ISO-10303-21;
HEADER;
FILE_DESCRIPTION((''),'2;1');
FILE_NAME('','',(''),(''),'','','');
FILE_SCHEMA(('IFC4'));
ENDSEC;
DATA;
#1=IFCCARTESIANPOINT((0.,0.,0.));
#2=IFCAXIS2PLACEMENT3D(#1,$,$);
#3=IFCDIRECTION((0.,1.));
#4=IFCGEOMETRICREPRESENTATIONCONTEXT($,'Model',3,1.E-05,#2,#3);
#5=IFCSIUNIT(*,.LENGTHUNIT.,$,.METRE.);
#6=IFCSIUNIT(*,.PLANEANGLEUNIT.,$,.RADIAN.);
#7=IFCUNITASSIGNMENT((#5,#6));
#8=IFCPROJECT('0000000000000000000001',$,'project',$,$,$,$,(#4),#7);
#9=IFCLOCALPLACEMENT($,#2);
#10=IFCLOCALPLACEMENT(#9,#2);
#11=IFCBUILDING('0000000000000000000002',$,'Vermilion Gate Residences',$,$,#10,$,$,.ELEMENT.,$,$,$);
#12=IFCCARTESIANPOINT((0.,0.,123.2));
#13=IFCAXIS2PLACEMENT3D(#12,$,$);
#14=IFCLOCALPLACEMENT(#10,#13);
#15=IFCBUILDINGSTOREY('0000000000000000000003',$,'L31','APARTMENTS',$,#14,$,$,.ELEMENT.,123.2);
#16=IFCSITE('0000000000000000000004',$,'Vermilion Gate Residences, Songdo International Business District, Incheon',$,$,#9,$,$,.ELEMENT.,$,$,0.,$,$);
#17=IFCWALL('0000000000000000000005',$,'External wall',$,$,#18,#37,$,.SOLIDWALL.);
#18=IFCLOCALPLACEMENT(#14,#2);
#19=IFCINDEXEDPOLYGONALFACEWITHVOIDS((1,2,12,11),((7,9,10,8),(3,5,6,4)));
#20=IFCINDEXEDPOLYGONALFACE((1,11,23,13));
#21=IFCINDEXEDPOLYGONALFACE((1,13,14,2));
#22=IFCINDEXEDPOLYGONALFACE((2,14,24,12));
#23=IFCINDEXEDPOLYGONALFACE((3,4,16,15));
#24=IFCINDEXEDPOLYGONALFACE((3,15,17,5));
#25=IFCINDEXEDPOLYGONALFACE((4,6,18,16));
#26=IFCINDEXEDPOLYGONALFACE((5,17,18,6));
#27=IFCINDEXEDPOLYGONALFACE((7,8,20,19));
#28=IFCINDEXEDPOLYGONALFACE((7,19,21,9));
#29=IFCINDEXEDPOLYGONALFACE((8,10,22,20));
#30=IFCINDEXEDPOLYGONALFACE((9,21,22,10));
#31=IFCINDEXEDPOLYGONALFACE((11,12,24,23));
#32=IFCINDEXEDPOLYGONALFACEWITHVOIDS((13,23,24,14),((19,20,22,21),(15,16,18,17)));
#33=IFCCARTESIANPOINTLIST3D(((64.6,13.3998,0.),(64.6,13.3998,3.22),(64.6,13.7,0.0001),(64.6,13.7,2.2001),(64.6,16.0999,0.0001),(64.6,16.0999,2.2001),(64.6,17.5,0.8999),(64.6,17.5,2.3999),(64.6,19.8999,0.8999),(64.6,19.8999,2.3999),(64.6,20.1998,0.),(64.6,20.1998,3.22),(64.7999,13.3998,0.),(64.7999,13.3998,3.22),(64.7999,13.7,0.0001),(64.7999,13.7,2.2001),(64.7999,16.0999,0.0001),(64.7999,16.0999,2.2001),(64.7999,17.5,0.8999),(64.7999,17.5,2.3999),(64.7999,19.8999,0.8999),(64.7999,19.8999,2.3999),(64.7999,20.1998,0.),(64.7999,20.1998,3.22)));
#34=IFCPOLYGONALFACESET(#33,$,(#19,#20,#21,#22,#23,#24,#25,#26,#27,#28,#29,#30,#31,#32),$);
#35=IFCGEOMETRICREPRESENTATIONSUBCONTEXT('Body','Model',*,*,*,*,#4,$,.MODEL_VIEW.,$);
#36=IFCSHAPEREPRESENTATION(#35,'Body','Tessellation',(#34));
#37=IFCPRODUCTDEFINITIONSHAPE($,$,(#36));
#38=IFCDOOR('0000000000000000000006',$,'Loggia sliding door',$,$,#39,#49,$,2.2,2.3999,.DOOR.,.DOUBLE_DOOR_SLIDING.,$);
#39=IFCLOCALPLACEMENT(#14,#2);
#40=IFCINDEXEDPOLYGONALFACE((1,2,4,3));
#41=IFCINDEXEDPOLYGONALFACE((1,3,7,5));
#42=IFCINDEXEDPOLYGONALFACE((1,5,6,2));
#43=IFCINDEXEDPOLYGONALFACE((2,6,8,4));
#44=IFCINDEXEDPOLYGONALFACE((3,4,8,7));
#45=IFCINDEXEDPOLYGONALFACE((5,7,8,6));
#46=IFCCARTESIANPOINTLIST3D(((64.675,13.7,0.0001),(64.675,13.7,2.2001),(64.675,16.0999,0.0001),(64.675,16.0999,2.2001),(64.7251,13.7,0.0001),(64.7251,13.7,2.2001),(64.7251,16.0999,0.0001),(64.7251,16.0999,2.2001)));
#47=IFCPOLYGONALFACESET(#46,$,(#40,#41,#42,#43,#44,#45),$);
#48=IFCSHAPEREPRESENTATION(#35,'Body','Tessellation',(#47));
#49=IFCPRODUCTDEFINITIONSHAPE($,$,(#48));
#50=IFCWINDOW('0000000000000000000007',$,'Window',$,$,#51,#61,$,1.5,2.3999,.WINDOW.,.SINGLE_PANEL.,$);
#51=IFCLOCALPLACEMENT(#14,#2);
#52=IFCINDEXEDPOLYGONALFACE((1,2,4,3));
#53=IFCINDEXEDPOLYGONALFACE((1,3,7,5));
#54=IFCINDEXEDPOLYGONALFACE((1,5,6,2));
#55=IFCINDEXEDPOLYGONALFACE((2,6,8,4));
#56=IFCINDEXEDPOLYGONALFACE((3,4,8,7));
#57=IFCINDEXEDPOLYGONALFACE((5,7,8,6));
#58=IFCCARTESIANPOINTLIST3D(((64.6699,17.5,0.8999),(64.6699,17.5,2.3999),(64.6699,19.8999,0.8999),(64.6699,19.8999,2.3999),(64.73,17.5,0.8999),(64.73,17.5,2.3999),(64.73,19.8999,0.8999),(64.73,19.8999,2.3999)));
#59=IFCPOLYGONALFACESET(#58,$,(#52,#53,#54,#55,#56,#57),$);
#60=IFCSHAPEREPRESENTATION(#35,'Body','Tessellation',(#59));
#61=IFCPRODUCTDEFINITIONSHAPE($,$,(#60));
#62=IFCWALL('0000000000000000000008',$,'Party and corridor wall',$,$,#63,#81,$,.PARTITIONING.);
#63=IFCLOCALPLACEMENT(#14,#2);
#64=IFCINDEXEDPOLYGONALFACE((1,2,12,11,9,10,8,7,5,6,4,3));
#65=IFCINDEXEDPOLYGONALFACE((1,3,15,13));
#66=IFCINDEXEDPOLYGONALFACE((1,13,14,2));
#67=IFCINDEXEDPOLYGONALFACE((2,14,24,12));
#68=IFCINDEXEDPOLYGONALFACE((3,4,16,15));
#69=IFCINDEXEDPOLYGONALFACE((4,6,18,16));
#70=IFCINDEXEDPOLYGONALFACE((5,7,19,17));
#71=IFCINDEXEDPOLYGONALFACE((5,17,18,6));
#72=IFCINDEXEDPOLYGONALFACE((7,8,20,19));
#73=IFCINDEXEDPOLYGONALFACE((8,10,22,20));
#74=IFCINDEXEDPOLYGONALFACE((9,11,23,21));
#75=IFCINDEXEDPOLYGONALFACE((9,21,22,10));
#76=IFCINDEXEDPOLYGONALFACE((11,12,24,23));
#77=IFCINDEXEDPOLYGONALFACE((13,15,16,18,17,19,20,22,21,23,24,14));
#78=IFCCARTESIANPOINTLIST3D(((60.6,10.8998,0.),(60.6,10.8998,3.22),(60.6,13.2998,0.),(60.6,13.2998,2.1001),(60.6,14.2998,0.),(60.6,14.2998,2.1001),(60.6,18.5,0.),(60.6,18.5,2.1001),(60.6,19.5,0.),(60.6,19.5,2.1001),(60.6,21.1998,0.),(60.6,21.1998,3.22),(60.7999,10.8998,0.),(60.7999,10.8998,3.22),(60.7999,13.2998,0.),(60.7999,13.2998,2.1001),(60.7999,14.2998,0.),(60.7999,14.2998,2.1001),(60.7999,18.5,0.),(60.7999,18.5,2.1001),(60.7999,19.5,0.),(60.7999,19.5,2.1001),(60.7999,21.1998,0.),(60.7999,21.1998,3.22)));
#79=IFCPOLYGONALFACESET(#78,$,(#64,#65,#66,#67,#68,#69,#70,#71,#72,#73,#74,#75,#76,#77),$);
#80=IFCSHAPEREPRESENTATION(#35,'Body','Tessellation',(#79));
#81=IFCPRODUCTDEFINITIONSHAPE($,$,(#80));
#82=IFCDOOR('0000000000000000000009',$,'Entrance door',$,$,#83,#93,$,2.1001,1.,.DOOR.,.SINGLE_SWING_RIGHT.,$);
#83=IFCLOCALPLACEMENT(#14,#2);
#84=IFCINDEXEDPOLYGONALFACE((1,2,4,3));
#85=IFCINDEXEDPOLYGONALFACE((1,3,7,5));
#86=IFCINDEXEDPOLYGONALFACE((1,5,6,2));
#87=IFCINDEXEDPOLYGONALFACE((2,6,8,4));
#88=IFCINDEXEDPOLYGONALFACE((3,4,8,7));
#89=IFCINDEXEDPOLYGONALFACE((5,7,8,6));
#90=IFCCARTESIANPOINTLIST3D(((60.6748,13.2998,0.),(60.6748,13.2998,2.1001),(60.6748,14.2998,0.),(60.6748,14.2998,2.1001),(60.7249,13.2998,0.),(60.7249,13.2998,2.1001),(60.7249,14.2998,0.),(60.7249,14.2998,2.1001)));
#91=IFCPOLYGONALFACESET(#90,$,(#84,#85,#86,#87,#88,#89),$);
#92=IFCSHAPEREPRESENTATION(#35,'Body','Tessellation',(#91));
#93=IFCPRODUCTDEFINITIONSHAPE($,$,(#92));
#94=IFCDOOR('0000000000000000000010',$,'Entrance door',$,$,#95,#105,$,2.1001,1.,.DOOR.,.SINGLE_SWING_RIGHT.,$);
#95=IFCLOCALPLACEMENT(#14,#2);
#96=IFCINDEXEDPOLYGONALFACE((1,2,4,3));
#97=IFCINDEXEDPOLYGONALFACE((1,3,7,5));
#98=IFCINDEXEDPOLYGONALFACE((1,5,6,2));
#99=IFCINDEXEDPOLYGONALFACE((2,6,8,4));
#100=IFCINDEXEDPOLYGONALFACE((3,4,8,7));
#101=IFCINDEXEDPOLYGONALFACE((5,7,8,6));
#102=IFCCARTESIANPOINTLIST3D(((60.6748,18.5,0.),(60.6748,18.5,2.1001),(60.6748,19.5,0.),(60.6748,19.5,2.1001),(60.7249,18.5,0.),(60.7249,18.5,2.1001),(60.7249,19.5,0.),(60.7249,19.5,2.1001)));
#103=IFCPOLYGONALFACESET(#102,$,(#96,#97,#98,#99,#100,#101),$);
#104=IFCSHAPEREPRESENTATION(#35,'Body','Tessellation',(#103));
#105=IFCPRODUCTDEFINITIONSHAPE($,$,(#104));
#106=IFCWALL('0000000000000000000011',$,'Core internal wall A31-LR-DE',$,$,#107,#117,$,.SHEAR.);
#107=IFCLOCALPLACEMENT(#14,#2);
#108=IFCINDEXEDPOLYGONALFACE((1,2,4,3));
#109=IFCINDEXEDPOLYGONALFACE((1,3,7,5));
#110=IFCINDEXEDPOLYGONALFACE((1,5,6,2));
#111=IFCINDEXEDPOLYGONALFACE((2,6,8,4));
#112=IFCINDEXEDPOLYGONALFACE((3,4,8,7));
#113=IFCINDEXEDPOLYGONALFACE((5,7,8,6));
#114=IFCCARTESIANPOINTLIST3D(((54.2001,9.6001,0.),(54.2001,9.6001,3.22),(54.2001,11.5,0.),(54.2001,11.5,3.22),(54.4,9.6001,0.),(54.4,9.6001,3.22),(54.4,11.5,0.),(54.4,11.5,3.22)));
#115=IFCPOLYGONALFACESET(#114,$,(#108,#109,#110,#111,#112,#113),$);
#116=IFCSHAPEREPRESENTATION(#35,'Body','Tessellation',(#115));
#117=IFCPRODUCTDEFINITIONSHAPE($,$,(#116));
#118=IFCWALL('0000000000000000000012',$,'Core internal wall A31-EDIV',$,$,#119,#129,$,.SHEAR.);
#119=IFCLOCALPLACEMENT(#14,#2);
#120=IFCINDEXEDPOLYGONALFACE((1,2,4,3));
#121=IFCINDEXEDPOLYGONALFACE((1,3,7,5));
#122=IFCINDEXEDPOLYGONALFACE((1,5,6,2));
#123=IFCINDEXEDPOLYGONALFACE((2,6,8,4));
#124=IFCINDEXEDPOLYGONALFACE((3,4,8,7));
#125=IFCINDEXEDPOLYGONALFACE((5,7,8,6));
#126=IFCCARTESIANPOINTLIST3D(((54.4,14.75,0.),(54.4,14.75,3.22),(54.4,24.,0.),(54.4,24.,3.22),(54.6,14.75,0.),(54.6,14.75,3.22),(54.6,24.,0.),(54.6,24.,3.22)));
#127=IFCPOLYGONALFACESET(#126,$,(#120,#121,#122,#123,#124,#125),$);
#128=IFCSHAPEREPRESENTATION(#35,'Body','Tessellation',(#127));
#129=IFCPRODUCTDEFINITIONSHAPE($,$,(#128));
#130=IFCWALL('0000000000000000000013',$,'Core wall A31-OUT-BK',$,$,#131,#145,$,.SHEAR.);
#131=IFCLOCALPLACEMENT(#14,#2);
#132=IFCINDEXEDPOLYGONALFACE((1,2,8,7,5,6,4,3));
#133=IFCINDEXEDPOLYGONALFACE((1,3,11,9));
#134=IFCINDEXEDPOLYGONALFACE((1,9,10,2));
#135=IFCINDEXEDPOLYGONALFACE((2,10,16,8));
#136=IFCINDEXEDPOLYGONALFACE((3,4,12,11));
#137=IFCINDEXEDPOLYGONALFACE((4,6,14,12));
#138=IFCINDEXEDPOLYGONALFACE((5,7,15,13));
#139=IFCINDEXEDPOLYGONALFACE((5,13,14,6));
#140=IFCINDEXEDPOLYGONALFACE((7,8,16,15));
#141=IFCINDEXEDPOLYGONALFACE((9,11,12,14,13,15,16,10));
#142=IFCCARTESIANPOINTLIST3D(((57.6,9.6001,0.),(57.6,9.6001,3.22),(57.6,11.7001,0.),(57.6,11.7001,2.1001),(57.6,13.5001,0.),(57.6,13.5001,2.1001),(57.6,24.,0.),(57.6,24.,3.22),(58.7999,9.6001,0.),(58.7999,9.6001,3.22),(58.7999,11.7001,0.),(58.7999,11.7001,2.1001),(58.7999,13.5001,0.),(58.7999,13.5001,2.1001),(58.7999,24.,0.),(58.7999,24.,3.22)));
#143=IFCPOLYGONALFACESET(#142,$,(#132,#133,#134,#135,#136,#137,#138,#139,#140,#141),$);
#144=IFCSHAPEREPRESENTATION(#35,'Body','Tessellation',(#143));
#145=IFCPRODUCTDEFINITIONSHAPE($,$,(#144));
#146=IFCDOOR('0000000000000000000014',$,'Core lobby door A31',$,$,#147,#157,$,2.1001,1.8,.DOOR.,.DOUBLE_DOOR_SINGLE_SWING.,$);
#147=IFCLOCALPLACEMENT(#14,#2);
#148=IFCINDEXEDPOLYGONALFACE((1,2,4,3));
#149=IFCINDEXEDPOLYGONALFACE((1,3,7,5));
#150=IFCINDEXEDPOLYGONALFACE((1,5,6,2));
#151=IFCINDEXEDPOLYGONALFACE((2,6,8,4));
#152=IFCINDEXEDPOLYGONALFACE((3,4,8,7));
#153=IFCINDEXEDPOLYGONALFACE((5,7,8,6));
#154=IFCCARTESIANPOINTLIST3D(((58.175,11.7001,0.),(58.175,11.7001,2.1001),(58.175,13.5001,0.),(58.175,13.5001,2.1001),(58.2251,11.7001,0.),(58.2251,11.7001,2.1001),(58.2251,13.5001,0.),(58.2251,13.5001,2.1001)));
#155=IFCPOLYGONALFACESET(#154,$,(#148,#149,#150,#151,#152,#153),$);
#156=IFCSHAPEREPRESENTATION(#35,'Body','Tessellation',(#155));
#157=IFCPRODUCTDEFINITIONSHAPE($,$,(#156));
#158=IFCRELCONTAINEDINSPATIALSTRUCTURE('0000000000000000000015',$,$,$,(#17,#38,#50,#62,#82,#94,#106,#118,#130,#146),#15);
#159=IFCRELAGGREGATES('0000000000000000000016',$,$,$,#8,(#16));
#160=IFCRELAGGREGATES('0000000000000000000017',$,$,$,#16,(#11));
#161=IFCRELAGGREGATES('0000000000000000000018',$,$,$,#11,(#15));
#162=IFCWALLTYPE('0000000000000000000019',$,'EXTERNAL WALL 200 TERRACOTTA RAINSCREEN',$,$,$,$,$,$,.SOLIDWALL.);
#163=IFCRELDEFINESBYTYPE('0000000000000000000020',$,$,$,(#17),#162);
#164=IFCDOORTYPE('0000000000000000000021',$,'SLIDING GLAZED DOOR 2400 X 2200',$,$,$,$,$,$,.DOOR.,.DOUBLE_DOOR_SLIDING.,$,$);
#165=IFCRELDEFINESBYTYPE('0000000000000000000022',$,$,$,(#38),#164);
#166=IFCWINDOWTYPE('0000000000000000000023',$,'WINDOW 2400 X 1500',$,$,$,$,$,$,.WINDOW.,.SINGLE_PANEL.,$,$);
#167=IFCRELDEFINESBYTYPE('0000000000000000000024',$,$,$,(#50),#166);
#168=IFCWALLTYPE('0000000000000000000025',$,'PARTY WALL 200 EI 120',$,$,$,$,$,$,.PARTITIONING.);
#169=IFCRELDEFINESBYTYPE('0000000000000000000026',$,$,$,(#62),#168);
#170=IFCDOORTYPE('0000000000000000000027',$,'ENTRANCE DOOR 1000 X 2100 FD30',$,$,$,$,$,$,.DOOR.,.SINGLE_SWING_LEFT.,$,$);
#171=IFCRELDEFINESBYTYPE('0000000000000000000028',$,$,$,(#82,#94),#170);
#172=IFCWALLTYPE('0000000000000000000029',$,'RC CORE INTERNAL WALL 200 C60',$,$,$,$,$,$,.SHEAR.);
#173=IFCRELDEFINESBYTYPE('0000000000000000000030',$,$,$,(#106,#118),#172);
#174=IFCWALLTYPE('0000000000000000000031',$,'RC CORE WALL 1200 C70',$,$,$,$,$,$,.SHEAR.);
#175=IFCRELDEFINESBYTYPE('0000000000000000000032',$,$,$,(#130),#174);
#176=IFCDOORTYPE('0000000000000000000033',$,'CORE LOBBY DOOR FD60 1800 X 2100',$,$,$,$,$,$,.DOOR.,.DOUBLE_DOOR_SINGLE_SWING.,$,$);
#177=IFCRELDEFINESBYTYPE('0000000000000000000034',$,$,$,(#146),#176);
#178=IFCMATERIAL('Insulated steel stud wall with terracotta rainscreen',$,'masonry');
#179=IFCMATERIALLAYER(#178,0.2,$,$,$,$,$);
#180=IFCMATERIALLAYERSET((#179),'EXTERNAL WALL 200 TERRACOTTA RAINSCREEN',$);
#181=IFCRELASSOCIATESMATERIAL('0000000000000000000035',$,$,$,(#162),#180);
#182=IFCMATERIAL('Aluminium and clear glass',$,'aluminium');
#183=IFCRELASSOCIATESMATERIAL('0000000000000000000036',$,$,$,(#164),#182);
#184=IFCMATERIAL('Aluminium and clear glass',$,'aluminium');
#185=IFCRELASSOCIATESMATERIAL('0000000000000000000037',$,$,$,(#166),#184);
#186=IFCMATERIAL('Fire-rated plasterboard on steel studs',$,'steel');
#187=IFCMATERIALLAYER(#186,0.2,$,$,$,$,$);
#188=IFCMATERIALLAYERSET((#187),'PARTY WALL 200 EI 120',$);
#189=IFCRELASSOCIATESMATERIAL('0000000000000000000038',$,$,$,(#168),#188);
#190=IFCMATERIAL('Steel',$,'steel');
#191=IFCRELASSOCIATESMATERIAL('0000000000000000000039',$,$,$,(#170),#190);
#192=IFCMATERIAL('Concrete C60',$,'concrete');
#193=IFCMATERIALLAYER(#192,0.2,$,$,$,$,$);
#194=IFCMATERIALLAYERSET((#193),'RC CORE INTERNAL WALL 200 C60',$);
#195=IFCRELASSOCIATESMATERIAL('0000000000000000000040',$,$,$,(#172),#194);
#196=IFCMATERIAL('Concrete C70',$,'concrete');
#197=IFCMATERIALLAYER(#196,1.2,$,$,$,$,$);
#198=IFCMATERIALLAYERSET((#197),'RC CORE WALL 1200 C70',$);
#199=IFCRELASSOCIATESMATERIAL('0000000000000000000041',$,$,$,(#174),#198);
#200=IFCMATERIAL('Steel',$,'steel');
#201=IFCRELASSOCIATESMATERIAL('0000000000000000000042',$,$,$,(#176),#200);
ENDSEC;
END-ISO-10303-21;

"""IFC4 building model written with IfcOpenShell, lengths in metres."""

from ifc_helpers import new_model, si_unit, direction, frame, frame_2d, origin, place, context, subcontext, project, spatial, rectangle, extrude, material, layer, layer_set, type_object, element, fill, save


model = new_model("IFC4")

# Units and contexts
model_context = context("Model", 3, precision=1e-05, world=origin(), true_north=direction((0.0, 1.0)))
body_context = subcontext(model_context, "Body", "Model", "MODEL_VIEW")
ifc_project = project(units=[si_unit("LENGTHUNIT", "METRE"), si_unit("PLANEANGLEUNIT", "RADIAN")], contexts=[model_context])

# Site, building, storey
site_placement = place(None, origin())
site = spatial("IfcSite", under=ifc_project, at=site_placement, Name="Vermilion Gate Residences, Songdo International Business District, Incheon", CompositionType="ELEMENT", RefElevation=0.0)
building_placement = place(site_placement, origin())
building = spatial("IfcBuilding", under=site, at=building_placement, Name="Vermilion Gate Residences", CompositionType="ELEMENT")
storey_placement = place(building_placement, frame((0.0, 0.0, 123.2)))
storey = spatial("IfcBuildingStorey", under=building, at=storey_placement, Name="L31", Description="APARTMENTS", CompositionType="ELEMENT", Elevation=123.2)

# Shared definitions
ifc_material_1 = material(Name="Insulated steel stud wall with terracotta rainscreen", Category="masonry")
ifc_layer_1 = layer(ifc_material_1, 0.2)
ifc_layer_set_1 = layer_set([ifc_layer_1], Name="EXTERNAL WALL 200 TERRACOTTA RAINSCREEN")
wall_type_1 = type_object("IfcWallType", Name="EXTERNAL WALL 200 TERRACOTTA RAINSCREEN", PredefinedType="SOLIDWALL", material=ifc_layer_set_1)

# Wall, openings, door, window
wall_1_placement = place(storey_placement, frame((64.7, 13.3999, 0.0), z_axis=(0.0, 0.0, 1.0), x_axis=(0.0, 1.0, 0.0)))
wall_1 = element("IfcWall", 1, at=wall_1_placement, inside=storey, type_object=wall_type_1, Name="External wall", PredefinedType="SOLIDWALL", context=body_context, shape_type="SweptSolid", body=[
    extrude(rectangle(XDim=6.8, YDim=0.2, at=frame_2d((3.3999, 0.0))), origin(), (0.0, 0.0, 1.0), 3.22),
])
opening_1_placement = place(wall_1_placement, frame((4.1001, 0.0, 0.8999)))
opening_1 = element("IfcOpeningElement", 2, at=opening_1_placement, cuts=wall_1, PredefinedType="OPENING", context=body_context, shape_type="SweptSolid", body=[
    extrude(rectangle(XDim=2.3999, YDim=1.5, at=frame_2d((1.2, 0.75))), frame((0.0, 0.1099, 0.0), z_axis=(0.0, -1.0, 0.0), x_axis=(1.0, 0.0, 0.0)), (0.0, 0.0, 1.0), 0.22),
])
opening_2_placement = place(wall_1_placement, frame((0.3, 0.0, 0.0)))
opening_2 = element("IfcOpeningElement", 3, at=opening_2_placement, cuts=wall_1, PredefinedType="OPENING", context=body_context, shape_type="SweptSolid", body=[
    extrude(rectangle(XDim=2.3999, YDim=2.2, at=frame_2d((1.2, 1.1001))), frame((0.0, 0.1099, 0.0), z_axis=(0.0, -1.0, 0.0), x_axis=(1.0, 0.0, 0.0)), (0.0, 0.0, 1.0), 0.22),
])
ifc_material_2 = material(Name="Aluminium and clear glass", Category="aluminium")
door_type_1 = type_object("IfcDoorType", Name="SLIDING GLAZED DOOR 2400 X 2200", OperationType="DOUBLE_DOOR_SLIDING", PredefinedType="DOOR", material=ifc_material_2)
door_1_placement = place(opening_2_placement, origin())
door_1 = element("IfcDoor", 4, at=door_1_placement, inside=storey, type_object=door_type_1, Name="Loggia sliding door", OperationType="DOUBLE_DOOR_SLIDING", OverallHeight=2.2, OverallWidth=2.3999, PredefinedType="DOOR", context=body_context, shape_type="SweptSolid", body=[
    extrude(rectangle(XDim=2.3999, YDim=2.2, at=frame_2d((1.2, 1.1001))), frame((0.0, 0.0249, 0.0), z_axis=(0.0, -1.0, 0.0), x_axis=(1.0, 0.0, 0.0)), (0.0, 0.0, 1.0), 0.05),
])
fill(opening_2, door_1)
ifc_material_3 = material(Name="Aluminium and clear glass", Category="aluminium")
window_type_1 = type_object("IfcWindowType", Name="WINDOW 2400 X 1500", PartitioningType="SINGLE_PANEL", PredefinedType="WINDOW", material=ifc_material_3)
window_1_placement = place(opening_1_placement, origin())
window_1 = element("IfcWindow", 5, at=window_1_placement, inside=storey, type_object=window_type_1, Name="Window", OverallHeight=1.5, OverallWidth=2.3999, PartitioningType="SINGLE_PANEL", PredefinedType="WINDOW", context=body_context, shape_type="SweptSolid", body=[
    extrude(rectangle(XDim=2.3999, YDim=1.5, at=frame_2d((1.2, 0.75))), frame((0.0, 0.03, 0.0), z_axis=(0.0, -1.0, 0.0), x_axis=(1.0, 0.0, 0.0)), (0.0, 0.0, 1.0), 0.0601),
])
fill(opening_1, window_1)

# Wall, openings, doors
ifc_material_4 = material(Name="Fire-rated plasterboard on steel studs", Category="steel")
ifc_layer_2 = layer(ifc_material_4, 0.2)
ifc_layer_set_2 = layer_set([ifc_layer_2], Name="PARTY WALL 200 EI 120")
wall_type_2 = type_object("IfcWallType", Name="PARTY WALL 200 EI 120", PredefinedType="PARTITIONING", material=ifc_layer_set_2)
wall_2_placement = place(storey_placement, frame((60.7, 10.8999, 0.0), z_axis=(0.0, 0.0, 1.0), x_axis=(0.0, 1.0, 0.0)))
wall_2 = element("IfcWall", 6, at=wall_2_placement, inside=storey, type_object=wall_type_2, Name="Party and corridor wall", PredefinedType="PARTITIONING", context=body_context, shape_type="SweptSolid", body=[
    extrude(rectangle(XDim=10.3, YDim=0.2, at=frame_2d((5.1499, 0.0))), origin(), (0.0, 0.0, 1.0), 3.22),
])
opening_3_placement = place(wall_2_placement, frame((2.3999, 0.0, 0.0)))
opening_3 = element("IfcOpeningElement", 7, at=opening_3_placement, cuts=wall_2, PredefinedType="OPENING", context=body_context, shape_type="SweptSolid", body=[
    extrude(rectangle(XDim=1.0, YDim=2.1001, at=frame_2d((0.5, 1.05))), frame((0.0, 0.1099, 0.0), z_axis=(0.0, -1.0, 0.0), x_axis=(1.0, 0.0, 0.0)), (0.0, 0.0, 1.0), 0.22),
])
opening_4_placement = place(wall_2_placement, frame((7.6001, 0.0, 0.0)))
opening_4 = element("IfcOpeningElement", 8, at=opening_4_placement, cuts=wall_2, PredefinedType="OPENING", context=body_context, shape_type="SweptSolid", body=[
    extrude(rectangle(XDim=1.0, YDim=2.1001, at=frame_2d((0.5, 1.05))), frame((0.0, 0.1099, 0.0), z_axis=(0.0, -1.0, 0.0), x_axis=(1.0, 0.0, 0.0)), (0.0, 0.0, 1.0), 0.22),
])
ifc_material_5 = material(Name="Steel", Category="steel")
door_type_2 = type_object("IfcDoorType", Name="ENTRANCE DOOR 1000 X 2100 FD30", OperationType="SINGLE_SWING_LEFT", PredefinedType="DOOR", material=ifc_material_5)
door_2_placement = place(opening_3_placement, frame((1.0, 0.0, 0.0), z_axis=(0.0, 0.0, 1.0), x_axis=(-1.0, 0.0, 0.0)))
door_2 = element("IfcDoor", 9, at=door_2_placement, inside=storey, type_object=door_type_2, Name="Entrance door", OperationType="SINGLE_SWING_RIGHT", OverallHeight=2.1001, OverallWidth=1.0, PredefinedType="DOOR", context=body_context, shape_type="SweptSolid", body=[
    extrude(rectangle(XDim=1.0, YDim=2.1001, at=frame_2d((0.5, 1.05))), frame((0.0, 0.0249, 0.0), z_axis=(0.0, -1.0, 0.0), x_axis=(1.0, 0.0, 0.0)), (0.0, 0.0, 1.0), 0.05),
])
fill(opening_3, door_2)
door_3_placement = place(opening_4_placement, frame((1.0, 0.0, 0.0), z_axis=(0.0, 0.0, 1.0), x_axis=(-1.0, 0.0, 0.0)))
door_3 = element("IfcDoor", 10, at=door_3_placement, inside=storey, type_object=door_type_2, Name="Entrance door", OperationType="SINGLE_SWING_RIGHT", OverallHeight=2.1001, OverallWidth=1.0, PredefinedType="DOOR", context=body_context, shape_type="SweptSolid", body=[
    extrude(rectangle(XDim=1.0, YDim=2.1001, at=frame_2d((0.5, 1.05))), frame((0.0, 0.0249, 0.0), z_axis=(0.0, -1.0, 0.0), x_axis=(1.0, 0.0, 0.0)), (0.0, 0.0, 1.0), 0.05),
])
fill(opening_4, door_3)

# Walls
ifc_material_6 = material(Name="Concrete C60", Category="concrete")
ifc_layer_3 = layer(ifc_material_6, 0.2)
ifc_layer_set_3 = layer_set([ifc_layer_3], Name="RC CORE INTERNAL WALL 200 C60")
wall_type_3 = type_object("IfcWallType", Name="RC CORE INTERNAL WALL 200 C60", PredefinedType="SHEAR", material=ifc_layer_set_3)
wall_3_placement = place(storey_placement, frame((54.3, 9.6001, 0.0), z_axis=(0.0, 0.0, 1.0), x_axis=(0.0, 1.0, 0.0)))
element("IfcWall", 11, at=wall_3_placement, inside=storey, type_object=wall_type_3, Name="Core internal wall A31-LR-DE", PredefinedType="SHEAR", context=body_context, shape_type="SweptSolid", body=[
    extrude(rectangle(XDim=1.8999, YDim=0.2, at=frame_2d((0.95, 0.0))), origin(), (0.0, 0.0, 1.0), 3.22),
])
wall_4_placement = place(storey_placement, frame((54.5, 14.75, 0.0), z_axis=(0.0, 0.0, 1.0), x_axis=(0.0, 1.0, 0.0)))
element("IfcWall", 12, at=wall_4_placement, inside=storey, type_object=wall_type_3, Name="Core internal wall A31-EDIV", PredefinedType="SHEAR", context=body_context, shape_type="SweptSolid", body=[
    extrude(rectangle(XDim=9.25, YDim=0.2, at=frame_2d((4.625, 0.0))), origin(), (0.0, 0.0, 1.0), 3.22),
])

# Wall, opening, door
ifc_material_7 = material(Name="Concrete C70", Category="concrete")
ifc_layer_4 = layer(ifc_material_7, 1.2)
ifc_layer_set_4 = layer_set([ifc_layer_4], Name="RC CORE WALL 1200 C70")
wall_type_4 = type_object("IfcWallType", Name="RC CORE WALL 1200 C70", PredefinedType="SHEAR", material=ifc_layer_set_4)
wall_5_placement = place(storey_placement, frame((58.2, 9.6001, 0.0), z_axis=(0.0, 0.0, 1.0), x_axis=(0.0, 1.0, 0.0)))
wall_5 = element("IfcWall", 13, at=wall_5_placement, inside=storey, type_object=wall_type_4, Name="Core wall A31-OUT-BK", PredefinedType="SHEAR", context=body_context, shape_type="SweptSolid", body=[
    extrude(rectangle(XDim=14.3999, YDim=1.2, at=frame_2d((7.2, 0.0))), origin(), (0.0, 0.0, 1.0), 3.22),
])
opening_5_placement = place(wall_5_placement, frame((2.1001, 0.0, 0.0)))
opening_5 = element("IfcOpeningElement", 14, at=opening_5_placement, cuts=wall_5, PredefinedType="OPENING", context=body_context, shape_type="SweptSolid", body=[
    extrude(rectangle(XDim=1.8, YDim=2.1001, at=frame_2d((0.8999, 1.05))), frame((0.0, 0.6099, 0.0), z_axis=(0.0, -1.0, 0.0), x_axis=(1.0, 0.0, 0.0)), (0.0, 0.0, 1.0), 1.22),
])
ifc_material_8 = material(Name="Steel", Category="steel")
door_type_3 = type_object("IfcDoorType", Name="CORE LOBBY DOOR FD60 1800 X 2100", OperationType="DOUBLE_DOOR_SINGLE_SWING", PredefinedType="DOOR", material=ifc_material_8)
door_4_placement = place(opening_5_placement, origin())
door_4 = element("IfcDoor", 15, at=door_4_placement, inside=storey, type_object=door_type_3, Name="Core lobby door A31", OperationType="DOUBLE_DOOR_SINGLE_SWING", OverallHeight=2.1001, OverallWidth=1.8, PredefinedType="DOOR", context=body_context, shape_type="SweptSolid", body=[
    extrude(rectangle(XDim=1.8, YDim=2.1001, at=frame_2d((0.8999, 1.05))), frame((0.0, 0.0249, 0.0), z_axis=(0.0, -1.0, 0.0), x_axis=(1.0, 0.0, 0.0)), (0.0, 0.0, 1.0), 0.05),
])
fill(opening_5, door_4)

save(model, "model.ifc")
